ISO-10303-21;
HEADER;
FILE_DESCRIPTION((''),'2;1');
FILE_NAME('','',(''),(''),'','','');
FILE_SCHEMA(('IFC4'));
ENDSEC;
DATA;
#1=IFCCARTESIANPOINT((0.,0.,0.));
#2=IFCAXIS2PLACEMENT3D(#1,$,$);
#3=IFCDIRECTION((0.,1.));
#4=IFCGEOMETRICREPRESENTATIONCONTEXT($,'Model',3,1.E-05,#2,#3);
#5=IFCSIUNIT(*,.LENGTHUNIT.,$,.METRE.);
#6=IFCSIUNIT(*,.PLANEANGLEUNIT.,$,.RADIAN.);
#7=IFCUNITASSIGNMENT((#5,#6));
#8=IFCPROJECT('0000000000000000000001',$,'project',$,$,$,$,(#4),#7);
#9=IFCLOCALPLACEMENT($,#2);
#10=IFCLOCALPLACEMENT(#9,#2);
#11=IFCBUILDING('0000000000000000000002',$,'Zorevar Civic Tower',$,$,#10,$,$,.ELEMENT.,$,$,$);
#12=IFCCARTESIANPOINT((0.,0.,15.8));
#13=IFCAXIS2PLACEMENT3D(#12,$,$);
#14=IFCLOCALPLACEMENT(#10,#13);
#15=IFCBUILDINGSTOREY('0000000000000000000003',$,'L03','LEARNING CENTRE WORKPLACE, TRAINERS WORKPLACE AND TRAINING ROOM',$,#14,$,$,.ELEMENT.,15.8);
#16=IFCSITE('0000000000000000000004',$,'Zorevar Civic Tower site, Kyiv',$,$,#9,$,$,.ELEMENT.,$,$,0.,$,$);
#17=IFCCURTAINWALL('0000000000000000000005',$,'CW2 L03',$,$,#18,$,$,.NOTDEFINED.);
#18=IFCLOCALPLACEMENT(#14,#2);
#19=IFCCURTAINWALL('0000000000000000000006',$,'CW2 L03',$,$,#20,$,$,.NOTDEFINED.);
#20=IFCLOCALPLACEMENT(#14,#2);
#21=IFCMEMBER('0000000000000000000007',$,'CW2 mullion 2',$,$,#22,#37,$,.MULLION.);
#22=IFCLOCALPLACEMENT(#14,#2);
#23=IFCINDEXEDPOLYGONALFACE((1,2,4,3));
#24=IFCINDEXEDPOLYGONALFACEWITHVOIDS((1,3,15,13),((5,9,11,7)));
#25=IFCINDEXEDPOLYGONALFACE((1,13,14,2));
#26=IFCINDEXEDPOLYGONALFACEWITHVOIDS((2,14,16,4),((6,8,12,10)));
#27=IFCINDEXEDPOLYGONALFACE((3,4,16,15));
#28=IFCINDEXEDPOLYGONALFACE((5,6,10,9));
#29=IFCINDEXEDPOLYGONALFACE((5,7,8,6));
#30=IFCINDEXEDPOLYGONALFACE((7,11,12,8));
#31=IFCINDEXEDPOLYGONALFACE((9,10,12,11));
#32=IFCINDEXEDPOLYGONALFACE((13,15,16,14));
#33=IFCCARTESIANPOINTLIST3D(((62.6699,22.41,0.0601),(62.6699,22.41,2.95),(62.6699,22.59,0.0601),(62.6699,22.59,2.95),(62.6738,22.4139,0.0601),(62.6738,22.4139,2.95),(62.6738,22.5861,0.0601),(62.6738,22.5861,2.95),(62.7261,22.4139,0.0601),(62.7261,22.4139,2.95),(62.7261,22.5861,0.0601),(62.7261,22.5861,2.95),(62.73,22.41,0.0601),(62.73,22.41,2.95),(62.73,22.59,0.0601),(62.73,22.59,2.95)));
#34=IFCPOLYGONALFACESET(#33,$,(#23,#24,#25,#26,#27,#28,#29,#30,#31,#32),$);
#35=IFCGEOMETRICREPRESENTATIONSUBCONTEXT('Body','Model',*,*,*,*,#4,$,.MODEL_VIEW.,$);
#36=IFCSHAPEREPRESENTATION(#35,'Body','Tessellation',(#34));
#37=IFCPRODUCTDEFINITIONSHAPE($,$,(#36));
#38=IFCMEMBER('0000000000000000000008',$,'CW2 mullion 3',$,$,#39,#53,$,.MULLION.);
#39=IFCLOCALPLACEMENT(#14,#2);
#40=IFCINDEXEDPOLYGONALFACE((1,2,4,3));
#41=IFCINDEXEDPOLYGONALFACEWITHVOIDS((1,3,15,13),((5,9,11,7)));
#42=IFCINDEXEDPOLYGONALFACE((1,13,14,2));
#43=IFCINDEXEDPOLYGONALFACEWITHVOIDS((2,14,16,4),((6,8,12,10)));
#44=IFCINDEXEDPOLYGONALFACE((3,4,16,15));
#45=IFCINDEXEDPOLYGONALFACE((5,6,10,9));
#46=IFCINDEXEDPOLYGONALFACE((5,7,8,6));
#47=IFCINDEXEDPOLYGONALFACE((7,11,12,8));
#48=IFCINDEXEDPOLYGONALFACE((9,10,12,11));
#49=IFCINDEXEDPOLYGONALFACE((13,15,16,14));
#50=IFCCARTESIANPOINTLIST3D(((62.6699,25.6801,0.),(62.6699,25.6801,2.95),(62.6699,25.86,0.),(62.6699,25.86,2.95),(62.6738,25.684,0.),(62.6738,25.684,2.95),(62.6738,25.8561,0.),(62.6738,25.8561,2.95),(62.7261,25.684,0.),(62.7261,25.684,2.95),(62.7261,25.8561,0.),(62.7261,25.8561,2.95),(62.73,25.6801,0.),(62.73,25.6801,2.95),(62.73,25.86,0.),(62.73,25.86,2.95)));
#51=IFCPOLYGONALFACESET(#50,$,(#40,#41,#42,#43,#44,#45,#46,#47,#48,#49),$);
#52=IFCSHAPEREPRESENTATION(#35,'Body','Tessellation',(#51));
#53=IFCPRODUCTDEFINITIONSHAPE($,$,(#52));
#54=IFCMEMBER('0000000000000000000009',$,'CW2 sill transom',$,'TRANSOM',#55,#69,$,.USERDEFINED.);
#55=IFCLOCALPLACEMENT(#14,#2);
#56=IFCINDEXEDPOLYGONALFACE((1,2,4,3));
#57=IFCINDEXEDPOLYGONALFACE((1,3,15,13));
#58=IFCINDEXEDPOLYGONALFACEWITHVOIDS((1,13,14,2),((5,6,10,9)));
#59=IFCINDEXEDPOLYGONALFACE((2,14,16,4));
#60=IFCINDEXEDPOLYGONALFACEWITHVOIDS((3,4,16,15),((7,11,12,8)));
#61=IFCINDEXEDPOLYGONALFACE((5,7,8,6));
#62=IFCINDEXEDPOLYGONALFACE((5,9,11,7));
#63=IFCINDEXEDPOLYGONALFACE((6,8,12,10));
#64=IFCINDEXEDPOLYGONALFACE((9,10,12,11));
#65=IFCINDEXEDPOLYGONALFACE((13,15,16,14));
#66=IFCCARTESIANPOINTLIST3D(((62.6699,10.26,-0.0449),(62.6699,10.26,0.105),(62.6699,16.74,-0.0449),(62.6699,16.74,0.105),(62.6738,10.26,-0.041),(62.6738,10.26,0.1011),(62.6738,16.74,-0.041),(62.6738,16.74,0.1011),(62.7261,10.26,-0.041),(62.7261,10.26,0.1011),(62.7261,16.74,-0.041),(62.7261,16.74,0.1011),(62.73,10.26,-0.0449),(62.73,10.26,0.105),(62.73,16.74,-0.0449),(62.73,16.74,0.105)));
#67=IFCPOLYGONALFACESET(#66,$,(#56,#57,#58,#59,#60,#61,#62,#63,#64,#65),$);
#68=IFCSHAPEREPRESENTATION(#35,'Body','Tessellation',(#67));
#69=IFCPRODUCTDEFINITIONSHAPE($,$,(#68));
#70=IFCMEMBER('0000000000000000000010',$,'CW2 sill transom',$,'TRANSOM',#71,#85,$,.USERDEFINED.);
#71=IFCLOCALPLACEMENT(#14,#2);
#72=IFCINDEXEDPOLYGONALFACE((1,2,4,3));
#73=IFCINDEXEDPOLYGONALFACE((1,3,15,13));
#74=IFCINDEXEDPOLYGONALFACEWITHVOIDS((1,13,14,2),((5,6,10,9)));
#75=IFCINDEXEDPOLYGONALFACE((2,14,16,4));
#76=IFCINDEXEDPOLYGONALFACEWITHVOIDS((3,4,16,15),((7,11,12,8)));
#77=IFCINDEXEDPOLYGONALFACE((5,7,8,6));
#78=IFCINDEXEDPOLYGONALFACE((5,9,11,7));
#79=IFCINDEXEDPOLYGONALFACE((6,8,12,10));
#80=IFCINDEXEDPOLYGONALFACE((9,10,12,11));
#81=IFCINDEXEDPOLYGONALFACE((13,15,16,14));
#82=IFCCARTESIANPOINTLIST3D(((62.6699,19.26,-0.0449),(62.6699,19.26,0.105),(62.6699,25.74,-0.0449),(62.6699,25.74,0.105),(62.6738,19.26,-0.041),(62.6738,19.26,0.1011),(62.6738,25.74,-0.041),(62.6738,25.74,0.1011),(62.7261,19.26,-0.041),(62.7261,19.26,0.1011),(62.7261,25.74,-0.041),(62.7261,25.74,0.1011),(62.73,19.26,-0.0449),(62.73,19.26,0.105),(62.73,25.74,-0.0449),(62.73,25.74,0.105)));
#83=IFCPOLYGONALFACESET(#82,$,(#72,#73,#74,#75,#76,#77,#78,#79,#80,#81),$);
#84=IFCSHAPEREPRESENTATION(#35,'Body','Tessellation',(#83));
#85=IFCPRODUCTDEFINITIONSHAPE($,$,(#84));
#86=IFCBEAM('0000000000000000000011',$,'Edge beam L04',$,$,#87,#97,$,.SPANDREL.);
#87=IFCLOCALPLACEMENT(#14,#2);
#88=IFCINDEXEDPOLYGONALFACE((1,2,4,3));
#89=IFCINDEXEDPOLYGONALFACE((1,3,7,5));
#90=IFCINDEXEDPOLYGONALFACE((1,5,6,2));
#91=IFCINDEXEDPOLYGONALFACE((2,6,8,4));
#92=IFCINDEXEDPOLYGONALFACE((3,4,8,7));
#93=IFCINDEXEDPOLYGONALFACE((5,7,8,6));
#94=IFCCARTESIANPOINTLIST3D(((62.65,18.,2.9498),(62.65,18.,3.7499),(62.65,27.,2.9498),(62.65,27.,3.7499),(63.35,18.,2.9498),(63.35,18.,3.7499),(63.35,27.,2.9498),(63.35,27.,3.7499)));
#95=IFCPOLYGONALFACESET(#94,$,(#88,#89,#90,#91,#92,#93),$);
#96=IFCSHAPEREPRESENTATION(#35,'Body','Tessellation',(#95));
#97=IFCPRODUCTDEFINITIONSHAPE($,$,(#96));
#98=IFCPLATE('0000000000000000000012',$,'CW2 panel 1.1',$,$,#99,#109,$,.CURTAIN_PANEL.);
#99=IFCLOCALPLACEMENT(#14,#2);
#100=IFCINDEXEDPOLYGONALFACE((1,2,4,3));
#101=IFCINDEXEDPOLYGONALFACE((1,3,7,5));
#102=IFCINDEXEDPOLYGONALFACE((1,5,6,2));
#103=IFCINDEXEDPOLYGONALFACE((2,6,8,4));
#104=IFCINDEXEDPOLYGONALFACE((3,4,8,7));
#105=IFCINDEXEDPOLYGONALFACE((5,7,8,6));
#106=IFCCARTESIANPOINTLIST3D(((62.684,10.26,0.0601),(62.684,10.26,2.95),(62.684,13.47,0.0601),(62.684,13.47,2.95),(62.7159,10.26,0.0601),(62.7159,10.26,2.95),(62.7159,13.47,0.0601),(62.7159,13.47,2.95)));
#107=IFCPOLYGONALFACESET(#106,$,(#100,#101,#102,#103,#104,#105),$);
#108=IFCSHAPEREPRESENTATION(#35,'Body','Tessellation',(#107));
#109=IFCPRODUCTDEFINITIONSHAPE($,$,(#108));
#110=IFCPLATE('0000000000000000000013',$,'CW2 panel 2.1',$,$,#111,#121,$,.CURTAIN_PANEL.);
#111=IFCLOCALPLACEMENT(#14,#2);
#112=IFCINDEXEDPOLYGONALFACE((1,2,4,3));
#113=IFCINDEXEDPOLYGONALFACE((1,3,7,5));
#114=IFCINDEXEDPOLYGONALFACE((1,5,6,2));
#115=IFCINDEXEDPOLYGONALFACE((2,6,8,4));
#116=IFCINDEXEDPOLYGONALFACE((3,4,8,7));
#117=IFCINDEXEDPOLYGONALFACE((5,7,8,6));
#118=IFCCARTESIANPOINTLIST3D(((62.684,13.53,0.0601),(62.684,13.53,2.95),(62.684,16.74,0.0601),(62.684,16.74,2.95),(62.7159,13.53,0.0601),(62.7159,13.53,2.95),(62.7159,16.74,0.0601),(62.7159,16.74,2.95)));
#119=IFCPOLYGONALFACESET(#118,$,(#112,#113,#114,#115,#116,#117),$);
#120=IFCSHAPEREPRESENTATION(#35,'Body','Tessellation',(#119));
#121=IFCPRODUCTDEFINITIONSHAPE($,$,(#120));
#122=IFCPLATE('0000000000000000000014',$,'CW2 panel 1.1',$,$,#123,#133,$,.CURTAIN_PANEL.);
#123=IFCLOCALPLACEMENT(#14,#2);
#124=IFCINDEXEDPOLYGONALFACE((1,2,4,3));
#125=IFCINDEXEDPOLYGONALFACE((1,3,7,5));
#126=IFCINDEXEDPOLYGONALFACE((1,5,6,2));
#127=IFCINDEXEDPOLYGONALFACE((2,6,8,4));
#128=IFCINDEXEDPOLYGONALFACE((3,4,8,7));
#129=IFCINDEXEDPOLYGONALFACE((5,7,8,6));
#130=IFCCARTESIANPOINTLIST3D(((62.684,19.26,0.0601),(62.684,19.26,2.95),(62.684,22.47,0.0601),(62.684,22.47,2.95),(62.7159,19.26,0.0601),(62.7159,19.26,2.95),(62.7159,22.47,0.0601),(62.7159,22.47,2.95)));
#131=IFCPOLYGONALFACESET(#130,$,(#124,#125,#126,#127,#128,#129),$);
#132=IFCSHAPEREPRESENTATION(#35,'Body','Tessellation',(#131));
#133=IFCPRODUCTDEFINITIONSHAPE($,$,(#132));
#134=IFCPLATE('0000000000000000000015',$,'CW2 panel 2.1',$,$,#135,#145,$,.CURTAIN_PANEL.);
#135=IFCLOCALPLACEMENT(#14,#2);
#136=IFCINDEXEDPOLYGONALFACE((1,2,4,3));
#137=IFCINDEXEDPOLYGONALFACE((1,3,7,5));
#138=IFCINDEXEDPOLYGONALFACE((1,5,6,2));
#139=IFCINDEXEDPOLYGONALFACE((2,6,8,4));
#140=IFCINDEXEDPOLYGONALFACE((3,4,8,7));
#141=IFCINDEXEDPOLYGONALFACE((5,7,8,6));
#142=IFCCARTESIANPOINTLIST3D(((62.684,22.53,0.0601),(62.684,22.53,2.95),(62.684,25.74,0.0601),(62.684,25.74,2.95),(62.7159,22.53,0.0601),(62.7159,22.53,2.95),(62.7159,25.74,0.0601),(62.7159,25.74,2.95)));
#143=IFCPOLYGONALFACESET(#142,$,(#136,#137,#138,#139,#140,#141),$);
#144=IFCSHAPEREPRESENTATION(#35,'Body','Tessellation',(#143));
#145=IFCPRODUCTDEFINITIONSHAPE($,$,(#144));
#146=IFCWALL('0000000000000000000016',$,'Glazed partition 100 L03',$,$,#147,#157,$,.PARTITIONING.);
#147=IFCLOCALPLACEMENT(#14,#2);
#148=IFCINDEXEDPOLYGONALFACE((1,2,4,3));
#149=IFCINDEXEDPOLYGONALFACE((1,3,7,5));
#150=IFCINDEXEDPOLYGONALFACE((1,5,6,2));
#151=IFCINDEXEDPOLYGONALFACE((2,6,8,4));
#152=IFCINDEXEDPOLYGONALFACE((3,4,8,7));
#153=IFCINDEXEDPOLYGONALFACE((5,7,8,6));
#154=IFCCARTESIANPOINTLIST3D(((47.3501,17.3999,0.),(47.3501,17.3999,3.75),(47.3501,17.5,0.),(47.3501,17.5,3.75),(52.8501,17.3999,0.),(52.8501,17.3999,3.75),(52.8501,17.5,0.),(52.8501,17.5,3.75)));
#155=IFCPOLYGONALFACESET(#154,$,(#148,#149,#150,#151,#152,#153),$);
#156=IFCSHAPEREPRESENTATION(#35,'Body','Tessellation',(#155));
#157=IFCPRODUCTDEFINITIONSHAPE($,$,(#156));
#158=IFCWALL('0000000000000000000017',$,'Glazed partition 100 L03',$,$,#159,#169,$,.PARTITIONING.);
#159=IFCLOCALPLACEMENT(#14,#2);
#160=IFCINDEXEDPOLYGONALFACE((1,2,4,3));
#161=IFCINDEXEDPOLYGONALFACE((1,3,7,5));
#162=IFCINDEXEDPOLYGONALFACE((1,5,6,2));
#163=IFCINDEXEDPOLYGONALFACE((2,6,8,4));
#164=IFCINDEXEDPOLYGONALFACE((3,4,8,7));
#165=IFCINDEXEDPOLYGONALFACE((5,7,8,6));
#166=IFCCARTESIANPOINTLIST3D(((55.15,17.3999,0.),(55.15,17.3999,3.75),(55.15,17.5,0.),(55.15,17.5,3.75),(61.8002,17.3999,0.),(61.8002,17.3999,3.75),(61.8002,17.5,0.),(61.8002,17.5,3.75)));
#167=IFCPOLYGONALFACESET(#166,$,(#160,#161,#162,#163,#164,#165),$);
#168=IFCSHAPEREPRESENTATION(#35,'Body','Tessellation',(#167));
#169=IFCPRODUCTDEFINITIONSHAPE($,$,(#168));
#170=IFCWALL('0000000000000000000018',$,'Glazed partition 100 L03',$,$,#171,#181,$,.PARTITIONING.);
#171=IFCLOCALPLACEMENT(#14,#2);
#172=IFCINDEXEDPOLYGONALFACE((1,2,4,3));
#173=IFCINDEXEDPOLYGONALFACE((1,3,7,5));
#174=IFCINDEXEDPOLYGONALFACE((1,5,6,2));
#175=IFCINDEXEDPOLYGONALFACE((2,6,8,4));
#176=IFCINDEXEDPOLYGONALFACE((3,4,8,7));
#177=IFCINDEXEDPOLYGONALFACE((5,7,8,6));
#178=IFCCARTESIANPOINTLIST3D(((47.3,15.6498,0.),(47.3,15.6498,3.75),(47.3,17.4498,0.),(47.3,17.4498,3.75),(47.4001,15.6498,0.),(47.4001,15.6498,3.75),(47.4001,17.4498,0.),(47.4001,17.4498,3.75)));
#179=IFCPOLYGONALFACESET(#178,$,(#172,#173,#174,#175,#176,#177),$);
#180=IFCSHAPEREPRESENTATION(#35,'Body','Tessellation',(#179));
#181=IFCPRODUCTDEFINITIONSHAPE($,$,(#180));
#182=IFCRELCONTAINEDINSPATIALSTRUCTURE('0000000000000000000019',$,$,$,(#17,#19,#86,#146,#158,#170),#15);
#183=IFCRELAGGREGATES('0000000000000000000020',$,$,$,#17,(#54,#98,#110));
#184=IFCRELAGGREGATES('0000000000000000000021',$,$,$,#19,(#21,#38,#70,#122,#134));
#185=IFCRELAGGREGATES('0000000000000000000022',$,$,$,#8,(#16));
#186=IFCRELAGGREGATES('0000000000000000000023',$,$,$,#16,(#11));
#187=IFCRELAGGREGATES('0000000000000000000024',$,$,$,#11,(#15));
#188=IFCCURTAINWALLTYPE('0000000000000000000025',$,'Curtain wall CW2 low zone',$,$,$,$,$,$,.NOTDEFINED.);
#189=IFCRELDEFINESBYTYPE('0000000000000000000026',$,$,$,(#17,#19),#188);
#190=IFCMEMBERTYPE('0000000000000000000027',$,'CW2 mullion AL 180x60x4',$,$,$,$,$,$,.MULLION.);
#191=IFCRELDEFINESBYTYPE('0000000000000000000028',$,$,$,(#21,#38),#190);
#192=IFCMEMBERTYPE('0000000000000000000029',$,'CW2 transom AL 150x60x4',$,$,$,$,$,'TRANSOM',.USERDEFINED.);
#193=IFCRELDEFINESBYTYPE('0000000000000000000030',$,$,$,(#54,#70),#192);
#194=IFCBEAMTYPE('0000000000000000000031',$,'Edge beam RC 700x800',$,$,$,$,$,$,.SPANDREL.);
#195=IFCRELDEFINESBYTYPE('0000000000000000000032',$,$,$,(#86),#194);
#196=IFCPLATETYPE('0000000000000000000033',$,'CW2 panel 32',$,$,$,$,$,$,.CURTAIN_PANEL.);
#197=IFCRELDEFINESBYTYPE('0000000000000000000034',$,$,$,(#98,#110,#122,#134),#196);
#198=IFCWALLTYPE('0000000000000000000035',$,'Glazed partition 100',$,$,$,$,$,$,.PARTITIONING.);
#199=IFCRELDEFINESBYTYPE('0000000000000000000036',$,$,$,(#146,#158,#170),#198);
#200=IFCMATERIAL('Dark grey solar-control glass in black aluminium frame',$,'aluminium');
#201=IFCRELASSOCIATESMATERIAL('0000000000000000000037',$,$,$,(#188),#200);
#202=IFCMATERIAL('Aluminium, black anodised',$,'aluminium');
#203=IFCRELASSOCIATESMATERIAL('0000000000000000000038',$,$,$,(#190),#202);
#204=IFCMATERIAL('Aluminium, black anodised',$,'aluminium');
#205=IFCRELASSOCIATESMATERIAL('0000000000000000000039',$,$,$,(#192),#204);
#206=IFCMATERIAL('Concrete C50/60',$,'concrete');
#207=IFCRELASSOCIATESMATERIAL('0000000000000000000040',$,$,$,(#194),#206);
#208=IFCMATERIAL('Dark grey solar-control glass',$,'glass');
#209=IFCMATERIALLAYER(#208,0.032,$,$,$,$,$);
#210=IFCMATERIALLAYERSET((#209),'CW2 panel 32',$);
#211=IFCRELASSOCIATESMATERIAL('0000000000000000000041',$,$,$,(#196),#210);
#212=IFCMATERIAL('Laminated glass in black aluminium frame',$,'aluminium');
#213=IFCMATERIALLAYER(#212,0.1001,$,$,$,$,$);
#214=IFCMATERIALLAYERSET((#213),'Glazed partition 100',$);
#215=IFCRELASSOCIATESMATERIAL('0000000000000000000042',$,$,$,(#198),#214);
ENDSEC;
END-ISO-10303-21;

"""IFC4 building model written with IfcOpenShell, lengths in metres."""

from ifc_helpers import new_model, si_unit, direction, frame, frame_2d, origin, origin_2d, place, context, subcontext, project, spatial, rectangle, hollow_rectangle, extrude, material, layer, layer_set, material_profile, profile_set, type_object, element, aggregate, save


model = new_model("IFC4")

# Units and contexts
model_context = context("Model", 3, precision=1e-05, world=origin(), true_north=direction((0.0, 1.0)))
body_context = subcontext(model_context, "Body", "Model", "MODEL_VIEW")
ifc_project = project(units=[si_unit("LENGTHUNIT", "METRE"), si_unit("PLANEANGLEUNIT", "RADIAN")], contexts=[model_context])

# Site, building, storey
site_placement = place(None, origin())
site = spatial("IfcSite", under=ifc_project, at=site_placement, Name="Zorevar Civic Tower site, Kyiv", CompositionType="ELEMENT", RefElevation=0.0)
building_placement = place(site_placement, origin())
building = spatial("IfcBuilding", under=site, at=building_placement, Name="Zorevar Civic Tower", CompositionType="ELEMENT")
storey_placement = place(building_placement, frame((0.0, 0.0, 15.8)))
storey = spatial("IfcBuildingStorey", under=building, at=storey_placement, Name="L03", Description="LEARNING CENTRE WORKPLACE, TRAINERS WORKPLACE AND TRAINING ROOM", CompositionType="ELEMENT", Elevation=15.8)

# Curtain walls, members
ifc_material_1 = material(Name="Dark grey solar-control glass in black aluminium frame", Category="aluminium")
curtain_wall_type = type_object("IfcCurtainWallType", Name="Curtain wall CW2 low zone", PredefinedType="NOTDEFINED", material=ifc_material_1)
curtain_wall_1_placement = place(storey_placement, origin())
curtain_wall_1 = element("IfcCurtainWall", 1, at=curtain_wall_1_placement, inside=storey, type_object=curtain_wall_type, Name="CW2 L03", PredefinedType="NOTDEFINED")
ifc_material_2 = material(Name="Aluminium, black anodised", Category="aluminium")
ifc_material_profile_1 = material_profile(ifc_material_2, hollow_rectangle(XDim=0.0601, YDim=0.1799, WallThickness=0.0039, at=origin_2d()), Name="AL 180x60x4")
ifc_profile_set_1 = profile_set([ifc_material_profile_1], Name="Aluminium, black anodised")
member_type_1 = type_object("IfcMemberType", Name="CW2 mullion AL 180x60x4", PredefinedType="MULLION", material=ifc_profile_set_1)
curtain_wall_2_placement = place(storey_placement, origin())
curtain_wall_2 = element("IfcCurtainWall", 2, at=curtain_wall_2_placement, inside=storey, type_object=curtain_wall_type, Name="CW2 L03", PredefinedType="NOTDEFINED")
member_1_placement = place(storey_placement, frame((62.7, 22.5, 0.0601), z_axis=(0.0, 0.0, 1.0), x_axis=(-1.0, 0.0, 0.0)))
member_1 = element("IfcMember", 3, at=member_1_placement, type_object=member_type_1, Name="CW2 mullion 2", PredefinedType="MULLION", context=body_context, shape_type="SweptSolid", body=[
    extrude(hollow_rectangle(XDim=0.0601, YDim=0.1799, WallThickness=0.0039, at=origin_2d()), origin(), (0.0, 0.0, 1.0), 2.8899),
])
member_2_placement = place(storey_placement, frame((62.7, 25.77, 0.0), z_axis=(0.0, 0.0, 1.0), x_axis=(-1.0, 0.0, 0.0)))
member_2 = element("IfcMember", 4, at=member_2_placement, type_object=member_type_1, Name="CW2 mullion 3", PredefinedType="MULLION", context=body_context, shape_type="SweptSolid", body=[
    extrude(hollow_rectangle(XDim=0.0601, YDim=0.1799, WallThickness=0.0039, at=origin_2d()), origin(), (0.0, 0.0, 1.0), 2.95),
])

# Members
ifc_material_3 = material(Name="Aluminium, black anodised", Category="aluminium")
ifc_material_profile_2 = material_profile(ifc_material_3, hollow_rectangle(XDim=0.0601, YDim=0.1499, WallThickness=0.0039, at=origin_2d()), Name="AL 150x60x4")
ifc_profile_set_2 = profile_set([ifc_material_profile_2], Name="Aluminium, black anodised")
member_type_2 = type_object("IfcMemberType", Name="CW2 transom AL 150x60x4", ElementType="TRANSOM", PredefinedType="USERDEFINED", material=ifc_profile_set_2)
member_3_placement = place(storey_placement, frame((62.7, 10.26, 0.03), z_axis=(0.0, 1.0, 0.0), x_axis=(-1.0, 0.0, 0.0)))
member_3 = element("IfcMember", 5, at=member_3_placement, type_object=member_type_2, Name="CW2 sill transom", ObjectType="TRANSOM", PredefinedType="USERDEFINED", context=body_context, shape_type="SweptSolid", body=[
    extrude(hollow_rectangle(XDim=0.0601, YDim=0.1499, WallThickness=0.0039, at=origin_2d()), origin(), (0.0, 0.0, 1.0), 6.48),
])
member_4_placement = place(storey_placement, frame((62.7, 19.26, 0.03), z_axis=(0.0, 1.0, 0.0), x_axis=(-1.0, 0.0, 0.0)))
member_4 = element("IfcMember", 6, at=member_4_placement, type_object=member_type_2, Name="CW2 sill transom", ObjectType="TRANSOM", PredefinedType="USERDEFINED", context=body_context, shape_type="SweptSolid", body=[
    extrude(hollow_rectangle(XDim=0.0601, YDim=0.1499, WallThickness=0.0039, at=origin_2d()), origin(), (0.0, 0.0, 1.0), 6.48),
])

# Beam
ifc_material_4 = material(Name="Concrete C50/60", Category="concrete")
ifc_material_profile_3 = material_profile(ifc_material_4, rectangle(XDim=0.7, YDim=0.8, at=origin_2d()), Name="RC 700x800")
ifc_profile_set_3 = profile_set([ifc_material_profile_3], Name="Concrete C50/60")
beam_type_1 = type_object("IfcBeamType", Name="Edge beam RC 700x800", PredefinedType="SPANDREL", material=ifc_profile_set_3)
beam_placement = place(storey_placement, frame((63.0, 18.0, 3.3499), z_axis=(0.0, 1.0, 0.0), x_axis=(-1.0, 0.0, 0.0)))
element("IfcBeam", 7, at=beam_placement, inside=storey, type_object=beam_type_1, Name="Edge beam L04", PredefinedType="SPANDREL", context=body_context, shape_type="SweptSolid", body=[
    extrude(rectangle(XDim=0.7, YDim=0.8, at=origin_2d()), origin(), (0.0, 0.0, 1.0), 9.0),
])

# Plates
ifc_material_5 = material(Name="Dark grey solar-control glass", Category="glass")
ifc_layer_1 = layer(ifc_material_5, 0.032)
ifc_layer_set_1 = layer_set([ifc_layer_1], Name="CW2 panel 32")
plate_type = type_object("IfcPlateType", Name="CW2 panel 32", PredefinedType="CURTAIN_PANEL", material=ifc_layer_set_1)
plate_1_placement = place(storey_placement, frame((62.7, 11.865, 0.0601), z_axis=(0.0, 0.0, 1.0), x_axis=(0.0, 1.0, 0.0)))
plate_1 = element("IfcPlate", 8, at=plate_1_placement, type_object=plate_type, Name="CW2 panel 1.1", PredefinedType="CURTAIN_PANEL", context=body_context, shape_type="SweptSolid", body=[
    extrude(rectangle(XDim=3.21, YDim=0.032, at=origin_2d()), origin(), (0.0, 0.0, 1.0), 2.8899),
])
plate_2_placement = place(storey_placement, frame((62.7, 15.135, 0.0601), z_axis=(0.0, 0.0, 1.0), x_axis=(0.0, 1.0, 0.0)))
plate_2 = element("IfcPlate", 9, at=plate_2_placement, type_object=plate_type, Name="CW2 panel 2.1", PredefinedType="CURTAIN_PANEL", context=body_context, shape_type="SweptSolid", body=[
    extrude(rectangle(XDim=3.21, YDim=0.032, at=origin_2d()), origin(), (0.0, 0.0, 1.0), 2.8899),
])
aggregate(curtain_wall_1, [member_3, plate_1, plate_2])
plate_3_placement = place(storey_placement, frame((62.7, 20.865, 0.0601), z_axis=(0.0, 0.0, 1.0), x_axis=(0.0, 1.0, 0.0)))
plate_3 = element("IfcPlate", 10, at=plate_3_placement, type_object=plate_type, Name="CW2 panel 1.1", PredefinedType="CURTAIN_PANEL", context=body_context, shape_type="SweptSolid", body=[
    extrude(rectangle(XDim=3.21, YDim=0.032, at=origin_2d()), origin(), (0.0, 0.0, 1.0), 2.8899),
])
plate_4_placement = place(storey_placement, frame((62.7, 24.135, 0.0601), z_axis=(0.0, 0.0, 1.0), x_axis=(0.0, 1.0, 0.0)))
plate_4 = element("IfcPlate", 11, at=plate_4_placement, type_object=plate_type, Name="CW2 panel 2.1", PredefinedType="CURTAIN_PANEL", context=body_context, shape_type="SweptSolid", body=[
    extrude(rectangle(XDim=3.21, YDim=0.032, at=origin_2d()), origin(), (0.0, 0.0, 1.0), 2.8899),
])
aggregate(curtain_wall_2, [member_1, member_2, member_4, plate_3, plate_4])

# Walls
ifc_material_6 = material(Name="Laminated glass in black aluminium frame", Category="aluminium")
ifc_layer_2 = layer(ifc_material_6, 0.1001)
ifc_layer_set_2 = layer_set([ifc_layer_2], Name="Glazed partition 100")
wall_type_1 = type_object("IfcWallType", Name="Glazed partition 100", PredefinedType="PARTITIONING", material=ifc_layer_set_2)
wall_1_placement = place(storey_placement, frame((47.3501, 17.45, 0.0), z_axis=(0.0, 0.0, 1.0), x_axis=(1.0, 0.0, 0.0)))
element("IfcWall", 12, at=wall_1_placement, inside=storey, type_object=wall_type_1, Name="Glazed partition 100 L03", PredefinedType="PARTITIONING", context=body_context, shape_type="SweptSolid", body=[
    extrude(rectangle(XDim=5.5, YDim=0.1001, at=frame_2d((2.75, 0.0))), origin(), (0.0, 0.0, 1.0), 3.75),
])
wall_2_placement = place(storey_placement, frame((55.1499, 17.45, 0.0), z_axis=(0.0, 0.0, 1.0), x_axis=(1.0, 0.0, 0.0)))
element("IfcWall", 13, at=wall_2_placement, inside=storey, type_object=wall_type_1, Name="Glazed partition 100 L03", PredefinedType="PARTITIONING", context=body_context, shape_type="SweptSolid", body=[
    extrude(rectangle(XDim=6.6501, YDim=0.1001, at=frame_2d((3.3252, 0.0))), origin(), (0.0, 0.0, 1.0), 3.75),
])
wall_3_placement = place(storey_placement, frame((47.3501, 15.6499, 0.0), z_axis=(0.0, 0.0, 1.0), x_axis=(0.0, 1.0, 0.0)))
element("IfcWall", 14, at=wall_3_placement, inside=storey, type_object=wall_type_1, Name="Glazed partition 100 L03", PredefinedType="PARTITIONING", context=body_context, shape_type="SweptSolid", body=[
    extrude(rectangle(XDim=1.8, YDim=0.1001, at=frame_2d((0.8999, 0.0))), origin(), (0.0, 0.0, 1.0), 3.75),
])

save(model, "model.ifc")
